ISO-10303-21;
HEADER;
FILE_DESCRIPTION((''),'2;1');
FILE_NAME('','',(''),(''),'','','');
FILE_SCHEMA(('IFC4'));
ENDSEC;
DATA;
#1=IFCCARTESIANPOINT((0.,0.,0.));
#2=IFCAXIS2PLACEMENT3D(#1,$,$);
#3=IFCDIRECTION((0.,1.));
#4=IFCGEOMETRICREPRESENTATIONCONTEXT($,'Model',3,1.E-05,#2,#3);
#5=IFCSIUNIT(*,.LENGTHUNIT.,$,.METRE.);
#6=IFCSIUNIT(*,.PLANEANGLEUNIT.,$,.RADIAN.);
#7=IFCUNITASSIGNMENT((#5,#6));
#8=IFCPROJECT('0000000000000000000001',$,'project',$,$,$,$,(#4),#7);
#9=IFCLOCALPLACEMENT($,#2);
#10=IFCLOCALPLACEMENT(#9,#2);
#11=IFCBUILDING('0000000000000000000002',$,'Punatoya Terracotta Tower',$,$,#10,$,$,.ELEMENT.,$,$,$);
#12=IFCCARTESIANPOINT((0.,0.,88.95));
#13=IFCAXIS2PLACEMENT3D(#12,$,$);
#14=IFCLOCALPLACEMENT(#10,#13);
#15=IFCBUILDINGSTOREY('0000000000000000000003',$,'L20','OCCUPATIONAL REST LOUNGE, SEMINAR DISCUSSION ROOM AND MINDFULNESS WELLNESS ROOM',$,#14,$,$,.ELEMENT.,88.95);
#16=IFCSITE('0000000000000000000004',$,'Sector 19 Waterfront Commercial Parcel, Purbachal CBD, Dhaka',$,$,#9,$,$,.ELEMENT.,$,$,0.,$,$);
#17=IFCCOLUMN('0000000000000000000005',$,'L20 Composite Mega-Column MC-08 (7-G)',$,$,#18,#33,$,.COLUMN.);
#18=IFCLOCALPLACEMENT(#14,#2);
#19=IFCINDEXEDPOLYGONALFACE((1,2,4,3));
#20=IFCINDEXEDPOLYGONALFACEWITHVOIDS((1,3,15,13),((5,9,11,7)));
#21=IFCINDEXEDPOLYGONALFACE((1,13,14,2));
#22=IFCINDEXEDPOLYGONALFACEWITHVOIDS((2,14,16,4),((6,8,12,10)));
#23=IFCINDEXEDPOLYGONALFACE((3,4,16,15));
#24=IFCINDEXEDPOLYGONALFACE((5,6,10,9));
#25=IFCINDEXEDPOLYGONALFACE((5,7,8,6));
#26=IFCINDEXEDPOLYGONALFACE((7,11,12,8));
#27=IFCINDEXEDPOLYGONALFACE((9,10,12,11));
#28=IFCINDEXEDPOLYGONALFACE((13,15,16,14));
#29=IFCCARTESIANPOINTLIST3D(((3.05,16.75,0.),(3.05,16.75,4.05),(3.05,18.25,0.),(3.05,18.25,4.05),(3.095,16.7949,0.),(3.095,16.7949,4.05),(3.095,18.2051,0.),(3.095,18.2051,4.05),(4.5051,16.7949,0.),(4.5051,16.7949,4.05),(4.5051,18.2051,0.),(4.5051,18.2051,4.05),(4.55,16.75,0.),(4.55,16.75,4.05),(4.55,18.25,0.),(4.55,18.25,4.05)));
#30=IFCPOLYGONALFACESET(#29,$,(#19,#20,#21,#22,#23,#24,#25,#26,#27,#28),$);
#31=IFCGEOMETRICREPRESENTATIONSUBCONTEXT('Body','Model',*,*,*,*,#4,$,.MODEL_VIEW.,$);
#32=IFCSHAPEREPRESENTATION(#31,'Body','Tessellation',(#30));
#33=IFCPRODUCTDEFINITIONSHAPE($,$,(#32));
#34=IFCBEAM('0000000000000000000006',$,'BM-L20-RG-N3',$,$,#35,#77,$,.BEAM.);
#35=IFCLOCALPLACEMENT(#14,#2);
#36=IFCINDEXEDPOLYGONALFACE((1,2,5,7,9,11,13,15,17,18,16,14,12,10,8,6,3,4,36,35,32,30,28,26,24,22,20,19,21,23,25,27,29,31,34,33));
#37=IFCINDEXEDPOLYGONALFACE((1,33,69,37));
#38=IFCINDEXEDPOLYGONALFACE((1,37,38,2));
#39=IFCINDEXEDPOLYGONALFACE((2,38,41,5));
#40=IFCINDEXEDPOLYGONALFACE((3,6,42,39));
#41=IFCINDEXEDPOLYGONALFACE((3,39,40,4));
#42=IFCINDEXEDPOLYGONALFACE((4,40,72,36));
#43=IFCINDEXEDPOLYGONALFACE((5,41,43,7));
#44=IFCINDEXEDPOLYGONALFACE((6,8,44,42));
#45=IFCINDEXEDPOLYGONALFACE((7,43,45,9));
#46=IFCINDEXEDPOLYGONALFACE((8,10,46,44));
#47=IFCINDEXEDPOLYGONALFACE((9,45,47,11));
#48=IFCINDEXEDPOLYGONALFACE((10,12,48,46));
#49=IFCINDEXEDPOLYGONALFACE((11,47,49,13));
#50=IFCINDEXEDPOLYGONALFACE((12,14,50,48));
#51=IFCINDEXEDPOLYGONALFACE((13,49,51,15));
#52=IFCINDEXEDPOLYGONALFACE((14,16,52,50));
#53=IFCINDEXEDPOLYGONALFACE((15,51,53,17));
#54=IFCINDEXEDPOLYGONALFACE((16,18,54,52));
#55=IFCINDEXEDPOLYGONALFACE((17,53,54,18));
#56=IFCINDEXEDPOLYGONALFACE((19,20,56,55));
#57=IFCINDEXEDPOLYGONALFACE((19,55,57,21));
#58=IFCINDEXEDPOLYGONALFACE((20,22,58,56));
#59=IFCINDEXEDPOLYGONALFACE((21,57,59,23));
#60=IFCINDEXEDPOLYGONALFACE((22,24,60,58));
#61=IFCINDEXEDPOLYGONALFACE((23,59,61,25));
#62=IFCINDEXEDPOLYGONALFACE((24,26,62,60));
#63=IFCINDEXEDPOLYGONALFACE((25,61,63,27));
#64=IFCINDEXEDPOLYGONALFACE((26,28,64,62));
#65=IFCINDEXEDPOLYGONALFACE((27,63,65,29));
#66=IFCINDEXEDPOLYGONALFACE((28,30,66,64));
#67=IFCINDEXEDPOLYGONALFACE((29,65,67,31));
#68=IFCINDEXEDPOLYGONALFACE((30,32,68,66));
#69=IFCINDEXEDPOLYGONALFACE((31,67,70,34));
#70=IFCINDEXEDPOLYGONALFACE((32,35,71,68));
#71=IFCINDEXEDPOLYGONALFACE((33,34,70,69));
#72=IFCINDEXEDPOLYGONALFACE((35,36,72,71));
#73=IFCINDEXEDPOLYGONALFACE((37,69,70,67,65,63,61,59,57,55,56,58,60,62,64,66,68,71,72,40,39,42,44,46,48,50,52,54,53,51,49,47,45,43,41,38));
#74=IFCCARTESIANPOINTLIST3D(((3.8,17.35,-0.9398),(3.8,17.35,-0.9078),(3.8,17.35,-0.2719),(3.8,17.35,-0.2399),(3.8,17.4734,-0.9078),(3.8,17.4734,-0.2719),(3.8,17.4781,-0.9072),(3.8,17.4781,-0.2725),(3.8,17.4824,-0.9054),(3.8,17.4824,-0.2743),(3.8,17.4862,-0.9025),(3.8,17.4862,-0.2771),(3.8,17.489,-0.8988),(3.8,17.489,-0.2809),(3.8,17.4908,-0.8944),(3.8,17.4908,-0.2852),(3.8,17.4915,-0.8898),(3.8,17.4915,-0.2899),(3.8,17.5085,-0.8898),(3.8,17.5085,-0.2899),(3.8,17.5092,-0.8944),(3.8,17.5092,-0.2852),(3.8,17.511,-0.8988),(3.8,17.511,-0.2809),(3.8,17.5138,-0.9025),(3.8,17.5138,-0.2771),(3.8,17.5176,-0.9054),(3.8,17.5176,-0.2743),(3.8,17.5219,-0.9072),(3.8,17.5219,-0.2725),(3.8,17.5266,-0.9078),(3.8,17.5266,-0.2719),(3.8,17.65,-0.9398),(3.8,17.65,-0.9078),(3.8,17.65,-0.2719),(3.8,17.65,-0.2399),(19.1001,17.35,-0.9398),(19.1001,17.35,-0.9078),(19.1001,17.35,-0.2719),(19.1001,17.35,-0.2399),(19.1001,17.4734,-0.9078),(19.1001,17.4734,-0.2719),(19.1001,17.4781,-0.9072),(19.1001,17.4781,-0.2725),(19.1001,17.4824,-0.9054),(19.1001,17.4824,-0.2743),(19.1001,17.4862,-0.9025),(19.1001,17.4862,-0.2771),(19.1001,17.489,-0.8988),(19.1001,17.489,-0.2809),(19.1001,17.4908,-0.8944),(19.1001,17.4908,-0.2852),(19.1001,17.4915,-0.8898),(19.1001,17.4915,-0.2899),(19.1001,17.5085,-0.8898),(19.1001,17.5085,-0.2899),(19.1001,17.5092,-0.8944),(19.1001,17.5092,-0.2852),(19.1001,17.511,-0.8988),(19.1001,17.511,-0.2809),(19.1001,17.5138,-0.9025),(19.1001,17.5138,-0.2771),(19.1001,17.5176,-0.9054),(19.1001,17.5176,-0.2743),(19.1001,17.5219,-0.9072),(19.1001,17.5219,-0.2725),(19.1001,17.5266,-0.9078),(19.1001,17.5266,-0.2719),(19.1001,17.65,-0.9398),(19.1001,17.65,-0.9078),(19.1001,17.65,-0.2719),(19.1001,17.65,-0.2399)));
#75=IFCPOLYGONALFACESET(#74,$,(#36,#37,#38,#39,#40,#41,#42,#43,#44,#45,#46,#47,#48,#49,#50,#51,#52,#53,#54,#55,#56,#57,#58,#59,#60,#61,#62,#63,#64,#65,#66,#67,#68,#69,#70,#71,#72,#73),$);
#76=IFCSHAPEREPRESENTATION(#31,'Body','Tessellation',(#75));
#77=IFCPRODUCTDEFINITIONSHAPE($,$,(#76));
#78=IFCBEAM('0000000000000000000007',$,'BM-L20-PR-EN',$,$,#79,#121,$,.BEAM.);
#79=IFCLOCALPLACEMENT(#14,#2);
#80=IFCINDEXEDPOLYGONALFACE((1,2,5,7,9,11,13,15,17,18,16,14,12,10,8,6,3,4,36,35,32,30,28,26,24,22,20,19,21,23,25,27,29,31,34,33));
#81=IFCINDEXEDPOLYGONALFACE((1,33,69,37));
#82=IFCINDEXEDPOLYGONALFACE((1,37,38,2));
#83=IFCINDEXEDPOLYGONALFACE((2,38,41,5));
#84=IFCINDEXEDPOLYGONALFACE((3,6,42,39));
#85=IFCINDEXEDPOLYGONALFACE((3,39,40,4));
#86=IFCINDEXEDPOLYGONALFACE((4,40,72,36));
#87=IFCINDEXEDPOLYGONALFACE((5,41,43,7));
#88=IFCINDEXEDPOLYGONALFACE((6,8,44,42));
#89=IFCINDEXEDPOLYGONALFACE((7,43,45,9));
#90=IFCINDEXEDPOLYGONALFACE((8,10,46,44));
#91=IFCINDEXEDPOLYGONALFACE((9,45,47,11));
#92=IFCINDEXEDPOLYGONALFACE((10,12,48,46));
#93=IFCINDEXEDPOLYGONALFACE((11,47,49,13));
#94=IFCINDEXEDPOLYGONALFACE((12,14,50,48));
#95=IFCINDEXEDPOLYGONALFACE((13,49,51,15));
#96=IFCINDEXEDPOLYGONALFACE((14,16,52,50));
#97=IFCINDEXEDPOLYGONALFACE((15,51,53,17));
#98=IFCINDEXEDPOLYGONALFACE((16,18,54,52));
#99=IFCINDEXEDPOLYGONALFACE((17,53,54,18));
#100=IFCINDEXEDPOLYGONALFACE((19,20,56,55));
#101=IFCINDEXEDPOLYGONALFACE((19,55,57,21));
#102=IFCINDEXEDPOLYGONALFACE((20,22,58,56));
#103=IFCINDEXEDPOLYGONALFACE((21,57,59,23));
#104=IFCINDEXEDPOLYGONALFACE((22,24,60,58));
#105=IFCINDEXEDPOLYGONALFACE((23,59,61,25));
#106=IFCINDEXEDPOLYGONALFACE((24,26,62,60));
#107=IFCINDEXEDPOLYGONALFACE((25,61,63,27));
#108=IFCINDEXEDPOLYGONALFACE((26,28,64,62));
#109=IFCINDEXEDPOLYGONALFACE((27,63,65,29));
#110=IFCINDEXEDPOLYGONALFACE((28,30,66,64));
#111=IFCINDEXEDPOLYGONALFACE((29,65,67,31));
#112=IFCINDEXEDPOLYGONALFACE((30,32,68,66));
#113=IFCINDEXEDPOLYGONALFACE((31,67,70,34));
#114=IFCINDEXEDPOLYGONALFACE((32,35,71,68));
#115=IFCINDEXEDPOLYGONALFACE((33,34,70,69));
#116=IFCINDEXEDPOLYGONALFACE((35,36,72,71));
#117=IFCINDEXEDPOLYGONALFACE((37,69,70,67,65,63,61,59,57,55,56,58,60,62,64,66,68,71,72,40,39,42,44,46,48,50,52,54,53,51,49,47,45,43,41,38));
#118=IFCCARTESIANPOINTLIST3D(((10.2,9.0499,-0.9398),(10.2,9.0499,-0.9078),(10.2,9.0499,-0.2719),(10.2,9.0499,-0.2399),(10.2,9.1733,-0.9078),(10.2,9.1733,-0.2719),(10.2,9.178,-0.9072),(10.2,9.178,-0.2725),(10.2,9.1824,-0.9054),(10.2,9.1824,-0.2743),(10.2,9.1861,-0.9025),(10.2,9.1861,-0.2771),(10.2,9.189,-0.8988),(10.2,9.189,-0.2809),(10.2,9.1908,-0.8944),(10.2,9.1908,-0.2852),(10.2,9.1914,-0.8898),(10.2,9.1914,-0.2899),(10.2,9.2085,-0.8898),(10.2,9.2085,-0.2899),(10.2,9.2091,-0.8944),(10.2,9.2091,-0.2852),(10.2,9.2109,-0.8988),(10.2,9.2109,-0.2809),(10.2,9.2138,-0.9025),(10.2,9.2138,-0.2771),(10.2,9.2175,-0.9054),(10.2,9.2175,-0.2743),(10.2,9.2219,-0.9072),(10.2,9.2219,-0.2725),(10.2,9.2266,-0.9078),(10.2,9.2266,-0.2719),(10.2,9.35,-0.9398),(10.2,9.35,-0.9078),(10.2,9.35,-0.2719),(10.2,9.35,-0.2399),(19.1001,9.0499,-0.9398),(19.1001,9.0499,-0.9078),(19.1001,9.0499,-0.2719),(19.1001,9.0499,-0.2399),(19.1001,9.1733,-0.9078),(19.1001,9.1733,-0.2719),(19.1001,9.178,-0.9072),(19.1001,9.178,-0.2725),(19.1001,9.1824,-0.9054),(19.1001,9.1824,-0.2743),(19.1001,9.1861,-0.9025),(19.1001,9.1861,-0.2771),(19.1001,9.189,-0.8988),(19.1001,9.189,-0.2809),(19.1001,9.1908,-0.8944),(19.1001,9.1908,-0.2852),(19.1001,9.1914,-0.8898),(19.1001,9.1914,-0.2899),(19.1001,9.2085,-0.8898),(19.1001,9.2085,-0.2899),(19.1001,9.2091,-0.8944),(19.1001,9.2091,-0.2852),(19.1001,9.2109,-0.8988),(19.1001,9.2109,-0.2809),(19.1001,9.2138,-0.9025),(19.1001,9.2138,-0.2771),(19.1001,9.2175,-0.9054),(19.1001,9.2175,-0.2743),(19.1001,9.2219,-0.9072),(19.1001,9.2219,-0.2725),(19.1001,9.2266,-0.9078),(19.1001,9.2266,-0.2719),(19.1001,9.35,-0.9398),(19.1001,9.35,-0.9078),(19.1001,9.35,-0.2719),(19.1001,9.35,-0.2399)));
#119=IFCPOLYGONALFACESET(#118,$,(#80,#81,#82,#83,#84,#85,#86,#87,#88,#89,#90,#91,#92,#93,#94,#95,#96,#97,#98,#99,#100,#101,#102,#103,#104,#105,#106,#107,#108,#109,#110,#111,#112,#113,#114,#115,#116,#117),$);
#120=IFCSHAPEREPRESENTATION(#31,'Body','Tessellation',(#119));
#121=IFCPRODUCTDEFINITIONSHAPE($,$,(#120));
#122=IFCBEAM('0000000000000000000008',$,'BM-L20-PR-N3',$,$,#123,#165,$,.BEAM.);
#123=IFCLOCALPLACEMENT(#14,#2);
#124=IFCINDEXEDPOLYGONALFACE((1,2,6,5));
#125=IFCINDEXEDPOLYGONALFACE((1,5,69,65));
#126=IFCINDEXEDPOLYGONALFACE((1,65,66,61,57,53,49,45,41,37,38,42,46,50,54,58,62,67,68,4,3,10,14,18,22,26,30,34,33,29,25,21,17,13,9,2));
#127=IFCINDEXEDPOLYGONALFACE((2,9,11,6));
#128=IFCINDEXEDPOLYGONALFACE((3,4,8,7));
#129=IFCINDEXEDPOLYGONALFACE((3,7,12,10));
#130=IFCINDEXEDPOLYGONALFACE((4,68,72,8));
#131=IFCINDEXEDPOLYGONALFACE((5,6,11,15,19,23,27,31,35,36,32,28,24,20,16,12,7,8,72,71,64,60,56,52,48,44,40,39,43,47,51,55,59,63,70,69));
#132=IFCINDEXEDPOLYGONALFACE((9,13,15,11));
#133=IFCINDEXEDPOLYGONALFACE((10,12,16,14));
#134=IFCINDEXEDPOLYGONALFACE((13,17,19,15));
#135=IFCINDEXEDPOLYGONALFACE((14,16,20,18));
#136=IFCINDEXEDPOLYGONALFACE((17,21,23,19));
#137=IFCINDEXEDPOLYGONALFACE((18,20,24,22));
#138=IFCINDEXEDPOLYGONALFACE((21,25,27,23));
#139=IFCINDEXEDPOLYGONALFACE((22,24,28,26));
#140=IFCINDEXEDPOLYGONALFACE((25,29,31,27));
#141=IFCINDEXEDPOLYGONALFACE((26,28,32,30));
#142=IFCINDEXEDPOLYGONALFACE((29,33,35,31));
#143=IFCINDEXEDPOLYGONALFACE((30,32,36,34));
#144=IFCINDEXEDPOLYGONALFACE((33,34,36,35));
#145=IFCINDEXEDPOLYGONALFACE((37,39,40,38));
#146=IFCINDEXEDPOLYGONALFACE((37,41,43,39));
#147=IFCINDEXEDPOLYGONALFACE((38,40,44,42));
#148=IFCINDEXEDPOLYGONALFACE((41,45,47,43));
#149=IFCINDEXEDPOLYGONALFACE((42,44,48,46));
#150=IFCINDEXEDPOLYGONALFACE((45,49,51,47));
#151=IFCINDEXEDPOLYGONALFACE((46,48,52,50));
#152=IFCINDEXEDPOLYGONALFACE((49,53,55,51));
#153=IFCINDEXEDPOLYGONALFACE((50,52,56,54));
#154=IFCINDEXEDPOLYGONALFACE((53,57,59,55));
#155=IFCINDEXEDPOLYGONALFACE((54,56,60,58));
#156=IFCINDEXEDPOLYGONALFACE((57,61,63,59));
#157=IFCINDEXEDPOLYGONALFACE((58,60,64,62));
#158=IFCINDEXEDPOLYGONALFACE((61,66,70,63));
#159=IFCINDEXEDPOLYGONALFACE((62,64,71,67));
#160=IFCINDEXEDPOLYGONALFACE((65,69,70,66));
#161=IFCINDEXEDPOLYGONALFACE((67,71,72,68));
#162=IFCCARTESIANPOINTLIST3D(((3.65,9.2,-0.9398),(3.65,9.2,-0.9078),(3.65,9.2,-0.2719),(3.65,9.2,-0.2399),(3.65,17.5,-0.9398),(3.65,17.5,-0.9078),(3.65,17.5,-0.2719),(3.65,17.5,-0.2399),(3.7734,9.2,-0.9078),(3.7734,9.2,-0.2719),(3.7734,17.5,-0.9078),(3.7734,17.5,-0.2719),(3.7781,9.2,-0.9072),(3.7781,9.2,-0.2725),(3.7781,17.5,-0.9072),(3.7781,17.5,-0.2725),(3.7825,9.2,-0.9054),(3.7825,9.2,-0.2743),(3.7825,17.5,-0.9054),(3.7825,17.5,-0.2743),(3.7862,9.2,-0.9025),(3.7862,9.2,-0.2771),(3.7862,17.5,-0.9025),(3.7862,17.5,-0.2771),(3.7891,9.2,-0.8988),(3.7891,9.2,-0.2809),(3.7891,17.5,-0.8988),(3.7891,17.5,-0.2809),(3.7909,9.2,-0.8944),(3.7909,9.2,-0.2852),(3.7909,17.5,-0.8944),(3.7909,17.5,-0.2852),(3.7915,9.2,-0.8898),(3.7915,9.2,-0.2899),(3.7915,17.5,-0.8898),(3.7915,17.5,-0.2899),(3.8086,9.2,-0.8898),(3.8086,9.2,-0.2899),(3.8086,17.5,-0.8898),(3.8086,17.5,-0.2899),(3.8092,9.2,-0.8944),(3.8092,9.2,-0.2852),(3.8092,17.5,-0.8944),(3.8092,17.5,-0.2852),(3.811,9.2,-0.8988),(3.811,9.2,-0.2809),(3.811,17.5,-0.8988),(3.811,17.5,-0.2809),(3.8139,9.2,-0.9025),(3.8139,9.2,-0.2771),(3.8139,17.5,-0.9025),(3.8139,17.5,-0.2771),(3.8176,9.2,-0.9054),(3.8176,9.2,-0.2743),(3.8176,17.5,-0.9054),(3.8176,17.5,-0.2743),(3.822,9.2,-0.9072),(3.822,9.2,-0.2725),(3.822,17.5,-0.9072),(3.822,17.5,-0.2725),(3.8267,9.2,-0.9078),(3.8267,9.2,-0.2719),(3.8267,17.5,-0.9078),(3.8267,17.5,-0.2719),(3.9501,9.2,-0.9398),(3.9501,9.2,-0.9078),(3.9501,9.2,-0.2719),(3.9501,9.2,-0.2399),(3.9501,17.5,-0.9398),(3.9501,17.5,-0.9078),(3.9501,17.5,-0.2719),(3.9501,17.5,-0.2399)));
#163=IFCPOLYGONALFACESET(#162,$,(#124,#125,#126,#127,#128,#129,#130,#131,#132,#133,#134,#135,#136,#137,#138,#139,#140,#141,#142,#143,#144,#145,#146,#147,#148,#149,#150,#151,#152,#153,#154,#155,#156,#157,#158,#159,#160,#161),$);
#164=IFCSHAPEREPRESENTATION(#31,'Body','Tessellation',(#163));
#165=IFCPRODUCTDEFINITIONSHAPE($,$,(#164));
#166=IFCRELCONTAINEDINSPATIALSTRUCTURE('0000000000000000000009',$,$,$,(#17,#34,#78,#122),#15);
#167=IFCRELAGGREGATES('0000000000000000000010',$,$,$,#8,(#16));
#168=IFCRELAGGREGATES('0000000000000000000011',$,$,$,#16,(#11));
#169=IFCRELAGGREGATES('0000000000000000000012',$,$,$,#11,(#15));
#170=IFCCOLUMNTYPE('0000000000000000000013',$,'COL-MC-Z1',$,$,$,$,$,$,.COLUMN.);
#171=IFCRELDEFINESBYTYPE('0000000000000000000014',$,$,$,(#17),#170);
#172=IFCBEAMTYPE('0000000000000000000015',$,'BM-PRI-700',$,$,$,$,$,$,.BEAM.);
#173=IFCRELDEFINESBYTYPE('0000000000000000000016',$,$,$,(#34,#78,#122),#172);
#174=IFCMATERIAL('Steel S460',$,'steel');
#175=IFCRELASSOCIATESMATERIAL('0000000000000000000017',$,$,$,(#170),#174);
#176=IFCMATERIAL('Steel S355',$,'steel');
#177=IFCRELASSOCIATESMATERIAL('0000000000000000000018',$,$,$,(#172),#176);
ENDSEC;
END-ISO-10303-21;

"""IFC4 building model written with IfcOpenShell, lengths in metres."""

from ifc_helpers import new_model, si_unit, direction, frame, origin, origin_2d, place, context, subcontext, project, spatial, hollow_rectangle, i_section, extrude, material, material_profile, profile_set, type_object, element, save


model = new_model("IFC4")

# Units and contexts
model_context = context("Model", 3, precision=1e-05, world=origin(), true_north=direction((0.0, 1.0)))
body_context = subcontext(model_context, "Body", "Model", "MODEL_VIEW")
ifc_project = project(units=[si_unit("LENGTHUNIT", "METRE"), si_unit("PLANEANGLEUNIT", "RADIAN")], contexts=[model_context])

# Site, building, storey
site_placement = place(None, origin())
site = spatial("IfcSite", under=ifc_project, at=site_placement, Name="Sector 19 Waterfront Commercial Parcel, Purbachal CBD, Dhaka", CompositionType="ELEMENT", RefElevation=0.0)
building_placement = place(site_placement, origin())
building = spatial("IfcBuilding", under=site, at=building_placement, Name="Punatoya Terracotta Tower", CompositionType="ELEMENT")
storey_placement = place(building_placement, frame((0.0, 0.0, 88.95)))
storey = spatial("IfcBuildingStorey", under=building, at=storey_placement, Name="L20", Description="OCCUPATIONAL REST LOUNGE, SEMINAR DISCUSSION ROOM AND MINDFULNESS WELLNESS ROOM", CompositionType="ELEMENT", Elevation=88.95)

# Column
ifc_material_1 = material(Name="Steel S460", Category="steel")
ifc_material_profile_1 = material_profile(ifc_material_1, hollow_rectangle(XDim=1.5, YDim=1.5, WallThickness=0.0449, at=origin_2d()))
ifc_profile_set_1 = profile_set([ifc_material_profile_1], Name="Steel S460")
column_type = type_object("IfcColumnType", Name="COL-MC-Z1", PredefinedType="COLUMN", material=ifc_profile_set_1)
column_placement = place(storey_placement, frame((3.8, 17.5, 0.0), z_axis=(0.0, 0.0, 1.0), x_axis=(1.0, 0.0, 0.0)))
element("IfcColumn", 1, at=column_placement, inside=storey, type_object=column_type, Name="L20 Composite Mega-Column MC-08 (7-G)", PredefinedType="COLUMN", context=body_context, shape_type="SweptSolid", body=[
    extrude(hollow_rectangle(XDim=1.5, YDim=1.5, WallThickness=0.0449, at=origin_2d()), origin(), (0.0, 0.0, 1.0), 4.05),
])

# Beams
ifc_material_2 = material(Name="Steel S355", Category="steel")
ifc_material_profile_2 = material_profile(ifc_material_2, i_section(OverallWidth=0.3, OverallDepth=0.7, WebThickness=0.0171, FlangeThickness=0.032, FilletRadius=0.0181, at=origin_2d()))
ifc_profile_set_2 = profile_set([ifc_material_profile_2], Name="Steel S355")
beam_type_1 = type_object("IfcBeamType", Name="BM-PRI-700", PredefinedType="BEAM", material=ifc_profile_set_2)
beam_1_placement = place(storey_placement, frame((3.8, 17.5, -0.5898), z_axis=(1.0, 0.0, 0.0), x_axis=(0.0, 1.0, 0.0)))
element("IfcBeam", 2, at=beam_1_placement, inside=storey, type_object=beam_type_1, Name="BM-L20-RG-N3", PredefinedType="BEAM", context=body_context, shape_type="SweptSolid", body=[
    extrude(i_section(OverallWidth=0.3, OverallDepth=0.7, WebThickness=0.0171, FlangeThickness=0.032, FilletRadius=0.0181, at=origin_2d()), origin(), (0.0, 0.0, 1.0), 15.3),
])
beam_2_placement = place(storey_placement, frame((10.2, 9.2, -0.5898), z_axis=(1.0, 0.0, 0.0), x_axis=(0.0, 1.0, 0.0)))
element("IfcBeam", 3, at=beam_2_placement, inside=storey, type_object=beam_type_1, Name="BM-L20-PR-EN", PredefinedType="BEAM", context=body_context, shape_type="SweptSolid", body=[
    extrude(i_section(OverallWidth=0.3, OverallDepth=0.7, WebThickness=0.0171, FlangeThickness=0.032, FilletRadius=0.0181, at=origin_2d()), origin(), (0.0, 0.0, 1.0), 8.9001),
])
for number, where, z_axis, x_axis, name in (
    (4, (3.8, 9.2, -0.5898), (0.0, 1.0, 0.0), (-1.0, 0.0, 0.0), "BM-L20-PR-N3"),
):
    element("IfcBeam", number, at=place(storey_placement, frame(where, z_axis=z_axis, x_axis=x_axis)), inside=storey, type_object=beam_type_1, Name=name, PredefinedType="BEAM", context=body_context, shape_type="SweptSolid", body=[
        extrude(i_section(OverallWidth=0.3, OverallDepth=0.7, WebThickness=0.0171, FlangeThickness=0.032, FilletRadius=0.0181, at=origin_2d()), origin(), (0.0, 0.0, 1.0), 8.3),
    ])

save(model, "model.ifc")
